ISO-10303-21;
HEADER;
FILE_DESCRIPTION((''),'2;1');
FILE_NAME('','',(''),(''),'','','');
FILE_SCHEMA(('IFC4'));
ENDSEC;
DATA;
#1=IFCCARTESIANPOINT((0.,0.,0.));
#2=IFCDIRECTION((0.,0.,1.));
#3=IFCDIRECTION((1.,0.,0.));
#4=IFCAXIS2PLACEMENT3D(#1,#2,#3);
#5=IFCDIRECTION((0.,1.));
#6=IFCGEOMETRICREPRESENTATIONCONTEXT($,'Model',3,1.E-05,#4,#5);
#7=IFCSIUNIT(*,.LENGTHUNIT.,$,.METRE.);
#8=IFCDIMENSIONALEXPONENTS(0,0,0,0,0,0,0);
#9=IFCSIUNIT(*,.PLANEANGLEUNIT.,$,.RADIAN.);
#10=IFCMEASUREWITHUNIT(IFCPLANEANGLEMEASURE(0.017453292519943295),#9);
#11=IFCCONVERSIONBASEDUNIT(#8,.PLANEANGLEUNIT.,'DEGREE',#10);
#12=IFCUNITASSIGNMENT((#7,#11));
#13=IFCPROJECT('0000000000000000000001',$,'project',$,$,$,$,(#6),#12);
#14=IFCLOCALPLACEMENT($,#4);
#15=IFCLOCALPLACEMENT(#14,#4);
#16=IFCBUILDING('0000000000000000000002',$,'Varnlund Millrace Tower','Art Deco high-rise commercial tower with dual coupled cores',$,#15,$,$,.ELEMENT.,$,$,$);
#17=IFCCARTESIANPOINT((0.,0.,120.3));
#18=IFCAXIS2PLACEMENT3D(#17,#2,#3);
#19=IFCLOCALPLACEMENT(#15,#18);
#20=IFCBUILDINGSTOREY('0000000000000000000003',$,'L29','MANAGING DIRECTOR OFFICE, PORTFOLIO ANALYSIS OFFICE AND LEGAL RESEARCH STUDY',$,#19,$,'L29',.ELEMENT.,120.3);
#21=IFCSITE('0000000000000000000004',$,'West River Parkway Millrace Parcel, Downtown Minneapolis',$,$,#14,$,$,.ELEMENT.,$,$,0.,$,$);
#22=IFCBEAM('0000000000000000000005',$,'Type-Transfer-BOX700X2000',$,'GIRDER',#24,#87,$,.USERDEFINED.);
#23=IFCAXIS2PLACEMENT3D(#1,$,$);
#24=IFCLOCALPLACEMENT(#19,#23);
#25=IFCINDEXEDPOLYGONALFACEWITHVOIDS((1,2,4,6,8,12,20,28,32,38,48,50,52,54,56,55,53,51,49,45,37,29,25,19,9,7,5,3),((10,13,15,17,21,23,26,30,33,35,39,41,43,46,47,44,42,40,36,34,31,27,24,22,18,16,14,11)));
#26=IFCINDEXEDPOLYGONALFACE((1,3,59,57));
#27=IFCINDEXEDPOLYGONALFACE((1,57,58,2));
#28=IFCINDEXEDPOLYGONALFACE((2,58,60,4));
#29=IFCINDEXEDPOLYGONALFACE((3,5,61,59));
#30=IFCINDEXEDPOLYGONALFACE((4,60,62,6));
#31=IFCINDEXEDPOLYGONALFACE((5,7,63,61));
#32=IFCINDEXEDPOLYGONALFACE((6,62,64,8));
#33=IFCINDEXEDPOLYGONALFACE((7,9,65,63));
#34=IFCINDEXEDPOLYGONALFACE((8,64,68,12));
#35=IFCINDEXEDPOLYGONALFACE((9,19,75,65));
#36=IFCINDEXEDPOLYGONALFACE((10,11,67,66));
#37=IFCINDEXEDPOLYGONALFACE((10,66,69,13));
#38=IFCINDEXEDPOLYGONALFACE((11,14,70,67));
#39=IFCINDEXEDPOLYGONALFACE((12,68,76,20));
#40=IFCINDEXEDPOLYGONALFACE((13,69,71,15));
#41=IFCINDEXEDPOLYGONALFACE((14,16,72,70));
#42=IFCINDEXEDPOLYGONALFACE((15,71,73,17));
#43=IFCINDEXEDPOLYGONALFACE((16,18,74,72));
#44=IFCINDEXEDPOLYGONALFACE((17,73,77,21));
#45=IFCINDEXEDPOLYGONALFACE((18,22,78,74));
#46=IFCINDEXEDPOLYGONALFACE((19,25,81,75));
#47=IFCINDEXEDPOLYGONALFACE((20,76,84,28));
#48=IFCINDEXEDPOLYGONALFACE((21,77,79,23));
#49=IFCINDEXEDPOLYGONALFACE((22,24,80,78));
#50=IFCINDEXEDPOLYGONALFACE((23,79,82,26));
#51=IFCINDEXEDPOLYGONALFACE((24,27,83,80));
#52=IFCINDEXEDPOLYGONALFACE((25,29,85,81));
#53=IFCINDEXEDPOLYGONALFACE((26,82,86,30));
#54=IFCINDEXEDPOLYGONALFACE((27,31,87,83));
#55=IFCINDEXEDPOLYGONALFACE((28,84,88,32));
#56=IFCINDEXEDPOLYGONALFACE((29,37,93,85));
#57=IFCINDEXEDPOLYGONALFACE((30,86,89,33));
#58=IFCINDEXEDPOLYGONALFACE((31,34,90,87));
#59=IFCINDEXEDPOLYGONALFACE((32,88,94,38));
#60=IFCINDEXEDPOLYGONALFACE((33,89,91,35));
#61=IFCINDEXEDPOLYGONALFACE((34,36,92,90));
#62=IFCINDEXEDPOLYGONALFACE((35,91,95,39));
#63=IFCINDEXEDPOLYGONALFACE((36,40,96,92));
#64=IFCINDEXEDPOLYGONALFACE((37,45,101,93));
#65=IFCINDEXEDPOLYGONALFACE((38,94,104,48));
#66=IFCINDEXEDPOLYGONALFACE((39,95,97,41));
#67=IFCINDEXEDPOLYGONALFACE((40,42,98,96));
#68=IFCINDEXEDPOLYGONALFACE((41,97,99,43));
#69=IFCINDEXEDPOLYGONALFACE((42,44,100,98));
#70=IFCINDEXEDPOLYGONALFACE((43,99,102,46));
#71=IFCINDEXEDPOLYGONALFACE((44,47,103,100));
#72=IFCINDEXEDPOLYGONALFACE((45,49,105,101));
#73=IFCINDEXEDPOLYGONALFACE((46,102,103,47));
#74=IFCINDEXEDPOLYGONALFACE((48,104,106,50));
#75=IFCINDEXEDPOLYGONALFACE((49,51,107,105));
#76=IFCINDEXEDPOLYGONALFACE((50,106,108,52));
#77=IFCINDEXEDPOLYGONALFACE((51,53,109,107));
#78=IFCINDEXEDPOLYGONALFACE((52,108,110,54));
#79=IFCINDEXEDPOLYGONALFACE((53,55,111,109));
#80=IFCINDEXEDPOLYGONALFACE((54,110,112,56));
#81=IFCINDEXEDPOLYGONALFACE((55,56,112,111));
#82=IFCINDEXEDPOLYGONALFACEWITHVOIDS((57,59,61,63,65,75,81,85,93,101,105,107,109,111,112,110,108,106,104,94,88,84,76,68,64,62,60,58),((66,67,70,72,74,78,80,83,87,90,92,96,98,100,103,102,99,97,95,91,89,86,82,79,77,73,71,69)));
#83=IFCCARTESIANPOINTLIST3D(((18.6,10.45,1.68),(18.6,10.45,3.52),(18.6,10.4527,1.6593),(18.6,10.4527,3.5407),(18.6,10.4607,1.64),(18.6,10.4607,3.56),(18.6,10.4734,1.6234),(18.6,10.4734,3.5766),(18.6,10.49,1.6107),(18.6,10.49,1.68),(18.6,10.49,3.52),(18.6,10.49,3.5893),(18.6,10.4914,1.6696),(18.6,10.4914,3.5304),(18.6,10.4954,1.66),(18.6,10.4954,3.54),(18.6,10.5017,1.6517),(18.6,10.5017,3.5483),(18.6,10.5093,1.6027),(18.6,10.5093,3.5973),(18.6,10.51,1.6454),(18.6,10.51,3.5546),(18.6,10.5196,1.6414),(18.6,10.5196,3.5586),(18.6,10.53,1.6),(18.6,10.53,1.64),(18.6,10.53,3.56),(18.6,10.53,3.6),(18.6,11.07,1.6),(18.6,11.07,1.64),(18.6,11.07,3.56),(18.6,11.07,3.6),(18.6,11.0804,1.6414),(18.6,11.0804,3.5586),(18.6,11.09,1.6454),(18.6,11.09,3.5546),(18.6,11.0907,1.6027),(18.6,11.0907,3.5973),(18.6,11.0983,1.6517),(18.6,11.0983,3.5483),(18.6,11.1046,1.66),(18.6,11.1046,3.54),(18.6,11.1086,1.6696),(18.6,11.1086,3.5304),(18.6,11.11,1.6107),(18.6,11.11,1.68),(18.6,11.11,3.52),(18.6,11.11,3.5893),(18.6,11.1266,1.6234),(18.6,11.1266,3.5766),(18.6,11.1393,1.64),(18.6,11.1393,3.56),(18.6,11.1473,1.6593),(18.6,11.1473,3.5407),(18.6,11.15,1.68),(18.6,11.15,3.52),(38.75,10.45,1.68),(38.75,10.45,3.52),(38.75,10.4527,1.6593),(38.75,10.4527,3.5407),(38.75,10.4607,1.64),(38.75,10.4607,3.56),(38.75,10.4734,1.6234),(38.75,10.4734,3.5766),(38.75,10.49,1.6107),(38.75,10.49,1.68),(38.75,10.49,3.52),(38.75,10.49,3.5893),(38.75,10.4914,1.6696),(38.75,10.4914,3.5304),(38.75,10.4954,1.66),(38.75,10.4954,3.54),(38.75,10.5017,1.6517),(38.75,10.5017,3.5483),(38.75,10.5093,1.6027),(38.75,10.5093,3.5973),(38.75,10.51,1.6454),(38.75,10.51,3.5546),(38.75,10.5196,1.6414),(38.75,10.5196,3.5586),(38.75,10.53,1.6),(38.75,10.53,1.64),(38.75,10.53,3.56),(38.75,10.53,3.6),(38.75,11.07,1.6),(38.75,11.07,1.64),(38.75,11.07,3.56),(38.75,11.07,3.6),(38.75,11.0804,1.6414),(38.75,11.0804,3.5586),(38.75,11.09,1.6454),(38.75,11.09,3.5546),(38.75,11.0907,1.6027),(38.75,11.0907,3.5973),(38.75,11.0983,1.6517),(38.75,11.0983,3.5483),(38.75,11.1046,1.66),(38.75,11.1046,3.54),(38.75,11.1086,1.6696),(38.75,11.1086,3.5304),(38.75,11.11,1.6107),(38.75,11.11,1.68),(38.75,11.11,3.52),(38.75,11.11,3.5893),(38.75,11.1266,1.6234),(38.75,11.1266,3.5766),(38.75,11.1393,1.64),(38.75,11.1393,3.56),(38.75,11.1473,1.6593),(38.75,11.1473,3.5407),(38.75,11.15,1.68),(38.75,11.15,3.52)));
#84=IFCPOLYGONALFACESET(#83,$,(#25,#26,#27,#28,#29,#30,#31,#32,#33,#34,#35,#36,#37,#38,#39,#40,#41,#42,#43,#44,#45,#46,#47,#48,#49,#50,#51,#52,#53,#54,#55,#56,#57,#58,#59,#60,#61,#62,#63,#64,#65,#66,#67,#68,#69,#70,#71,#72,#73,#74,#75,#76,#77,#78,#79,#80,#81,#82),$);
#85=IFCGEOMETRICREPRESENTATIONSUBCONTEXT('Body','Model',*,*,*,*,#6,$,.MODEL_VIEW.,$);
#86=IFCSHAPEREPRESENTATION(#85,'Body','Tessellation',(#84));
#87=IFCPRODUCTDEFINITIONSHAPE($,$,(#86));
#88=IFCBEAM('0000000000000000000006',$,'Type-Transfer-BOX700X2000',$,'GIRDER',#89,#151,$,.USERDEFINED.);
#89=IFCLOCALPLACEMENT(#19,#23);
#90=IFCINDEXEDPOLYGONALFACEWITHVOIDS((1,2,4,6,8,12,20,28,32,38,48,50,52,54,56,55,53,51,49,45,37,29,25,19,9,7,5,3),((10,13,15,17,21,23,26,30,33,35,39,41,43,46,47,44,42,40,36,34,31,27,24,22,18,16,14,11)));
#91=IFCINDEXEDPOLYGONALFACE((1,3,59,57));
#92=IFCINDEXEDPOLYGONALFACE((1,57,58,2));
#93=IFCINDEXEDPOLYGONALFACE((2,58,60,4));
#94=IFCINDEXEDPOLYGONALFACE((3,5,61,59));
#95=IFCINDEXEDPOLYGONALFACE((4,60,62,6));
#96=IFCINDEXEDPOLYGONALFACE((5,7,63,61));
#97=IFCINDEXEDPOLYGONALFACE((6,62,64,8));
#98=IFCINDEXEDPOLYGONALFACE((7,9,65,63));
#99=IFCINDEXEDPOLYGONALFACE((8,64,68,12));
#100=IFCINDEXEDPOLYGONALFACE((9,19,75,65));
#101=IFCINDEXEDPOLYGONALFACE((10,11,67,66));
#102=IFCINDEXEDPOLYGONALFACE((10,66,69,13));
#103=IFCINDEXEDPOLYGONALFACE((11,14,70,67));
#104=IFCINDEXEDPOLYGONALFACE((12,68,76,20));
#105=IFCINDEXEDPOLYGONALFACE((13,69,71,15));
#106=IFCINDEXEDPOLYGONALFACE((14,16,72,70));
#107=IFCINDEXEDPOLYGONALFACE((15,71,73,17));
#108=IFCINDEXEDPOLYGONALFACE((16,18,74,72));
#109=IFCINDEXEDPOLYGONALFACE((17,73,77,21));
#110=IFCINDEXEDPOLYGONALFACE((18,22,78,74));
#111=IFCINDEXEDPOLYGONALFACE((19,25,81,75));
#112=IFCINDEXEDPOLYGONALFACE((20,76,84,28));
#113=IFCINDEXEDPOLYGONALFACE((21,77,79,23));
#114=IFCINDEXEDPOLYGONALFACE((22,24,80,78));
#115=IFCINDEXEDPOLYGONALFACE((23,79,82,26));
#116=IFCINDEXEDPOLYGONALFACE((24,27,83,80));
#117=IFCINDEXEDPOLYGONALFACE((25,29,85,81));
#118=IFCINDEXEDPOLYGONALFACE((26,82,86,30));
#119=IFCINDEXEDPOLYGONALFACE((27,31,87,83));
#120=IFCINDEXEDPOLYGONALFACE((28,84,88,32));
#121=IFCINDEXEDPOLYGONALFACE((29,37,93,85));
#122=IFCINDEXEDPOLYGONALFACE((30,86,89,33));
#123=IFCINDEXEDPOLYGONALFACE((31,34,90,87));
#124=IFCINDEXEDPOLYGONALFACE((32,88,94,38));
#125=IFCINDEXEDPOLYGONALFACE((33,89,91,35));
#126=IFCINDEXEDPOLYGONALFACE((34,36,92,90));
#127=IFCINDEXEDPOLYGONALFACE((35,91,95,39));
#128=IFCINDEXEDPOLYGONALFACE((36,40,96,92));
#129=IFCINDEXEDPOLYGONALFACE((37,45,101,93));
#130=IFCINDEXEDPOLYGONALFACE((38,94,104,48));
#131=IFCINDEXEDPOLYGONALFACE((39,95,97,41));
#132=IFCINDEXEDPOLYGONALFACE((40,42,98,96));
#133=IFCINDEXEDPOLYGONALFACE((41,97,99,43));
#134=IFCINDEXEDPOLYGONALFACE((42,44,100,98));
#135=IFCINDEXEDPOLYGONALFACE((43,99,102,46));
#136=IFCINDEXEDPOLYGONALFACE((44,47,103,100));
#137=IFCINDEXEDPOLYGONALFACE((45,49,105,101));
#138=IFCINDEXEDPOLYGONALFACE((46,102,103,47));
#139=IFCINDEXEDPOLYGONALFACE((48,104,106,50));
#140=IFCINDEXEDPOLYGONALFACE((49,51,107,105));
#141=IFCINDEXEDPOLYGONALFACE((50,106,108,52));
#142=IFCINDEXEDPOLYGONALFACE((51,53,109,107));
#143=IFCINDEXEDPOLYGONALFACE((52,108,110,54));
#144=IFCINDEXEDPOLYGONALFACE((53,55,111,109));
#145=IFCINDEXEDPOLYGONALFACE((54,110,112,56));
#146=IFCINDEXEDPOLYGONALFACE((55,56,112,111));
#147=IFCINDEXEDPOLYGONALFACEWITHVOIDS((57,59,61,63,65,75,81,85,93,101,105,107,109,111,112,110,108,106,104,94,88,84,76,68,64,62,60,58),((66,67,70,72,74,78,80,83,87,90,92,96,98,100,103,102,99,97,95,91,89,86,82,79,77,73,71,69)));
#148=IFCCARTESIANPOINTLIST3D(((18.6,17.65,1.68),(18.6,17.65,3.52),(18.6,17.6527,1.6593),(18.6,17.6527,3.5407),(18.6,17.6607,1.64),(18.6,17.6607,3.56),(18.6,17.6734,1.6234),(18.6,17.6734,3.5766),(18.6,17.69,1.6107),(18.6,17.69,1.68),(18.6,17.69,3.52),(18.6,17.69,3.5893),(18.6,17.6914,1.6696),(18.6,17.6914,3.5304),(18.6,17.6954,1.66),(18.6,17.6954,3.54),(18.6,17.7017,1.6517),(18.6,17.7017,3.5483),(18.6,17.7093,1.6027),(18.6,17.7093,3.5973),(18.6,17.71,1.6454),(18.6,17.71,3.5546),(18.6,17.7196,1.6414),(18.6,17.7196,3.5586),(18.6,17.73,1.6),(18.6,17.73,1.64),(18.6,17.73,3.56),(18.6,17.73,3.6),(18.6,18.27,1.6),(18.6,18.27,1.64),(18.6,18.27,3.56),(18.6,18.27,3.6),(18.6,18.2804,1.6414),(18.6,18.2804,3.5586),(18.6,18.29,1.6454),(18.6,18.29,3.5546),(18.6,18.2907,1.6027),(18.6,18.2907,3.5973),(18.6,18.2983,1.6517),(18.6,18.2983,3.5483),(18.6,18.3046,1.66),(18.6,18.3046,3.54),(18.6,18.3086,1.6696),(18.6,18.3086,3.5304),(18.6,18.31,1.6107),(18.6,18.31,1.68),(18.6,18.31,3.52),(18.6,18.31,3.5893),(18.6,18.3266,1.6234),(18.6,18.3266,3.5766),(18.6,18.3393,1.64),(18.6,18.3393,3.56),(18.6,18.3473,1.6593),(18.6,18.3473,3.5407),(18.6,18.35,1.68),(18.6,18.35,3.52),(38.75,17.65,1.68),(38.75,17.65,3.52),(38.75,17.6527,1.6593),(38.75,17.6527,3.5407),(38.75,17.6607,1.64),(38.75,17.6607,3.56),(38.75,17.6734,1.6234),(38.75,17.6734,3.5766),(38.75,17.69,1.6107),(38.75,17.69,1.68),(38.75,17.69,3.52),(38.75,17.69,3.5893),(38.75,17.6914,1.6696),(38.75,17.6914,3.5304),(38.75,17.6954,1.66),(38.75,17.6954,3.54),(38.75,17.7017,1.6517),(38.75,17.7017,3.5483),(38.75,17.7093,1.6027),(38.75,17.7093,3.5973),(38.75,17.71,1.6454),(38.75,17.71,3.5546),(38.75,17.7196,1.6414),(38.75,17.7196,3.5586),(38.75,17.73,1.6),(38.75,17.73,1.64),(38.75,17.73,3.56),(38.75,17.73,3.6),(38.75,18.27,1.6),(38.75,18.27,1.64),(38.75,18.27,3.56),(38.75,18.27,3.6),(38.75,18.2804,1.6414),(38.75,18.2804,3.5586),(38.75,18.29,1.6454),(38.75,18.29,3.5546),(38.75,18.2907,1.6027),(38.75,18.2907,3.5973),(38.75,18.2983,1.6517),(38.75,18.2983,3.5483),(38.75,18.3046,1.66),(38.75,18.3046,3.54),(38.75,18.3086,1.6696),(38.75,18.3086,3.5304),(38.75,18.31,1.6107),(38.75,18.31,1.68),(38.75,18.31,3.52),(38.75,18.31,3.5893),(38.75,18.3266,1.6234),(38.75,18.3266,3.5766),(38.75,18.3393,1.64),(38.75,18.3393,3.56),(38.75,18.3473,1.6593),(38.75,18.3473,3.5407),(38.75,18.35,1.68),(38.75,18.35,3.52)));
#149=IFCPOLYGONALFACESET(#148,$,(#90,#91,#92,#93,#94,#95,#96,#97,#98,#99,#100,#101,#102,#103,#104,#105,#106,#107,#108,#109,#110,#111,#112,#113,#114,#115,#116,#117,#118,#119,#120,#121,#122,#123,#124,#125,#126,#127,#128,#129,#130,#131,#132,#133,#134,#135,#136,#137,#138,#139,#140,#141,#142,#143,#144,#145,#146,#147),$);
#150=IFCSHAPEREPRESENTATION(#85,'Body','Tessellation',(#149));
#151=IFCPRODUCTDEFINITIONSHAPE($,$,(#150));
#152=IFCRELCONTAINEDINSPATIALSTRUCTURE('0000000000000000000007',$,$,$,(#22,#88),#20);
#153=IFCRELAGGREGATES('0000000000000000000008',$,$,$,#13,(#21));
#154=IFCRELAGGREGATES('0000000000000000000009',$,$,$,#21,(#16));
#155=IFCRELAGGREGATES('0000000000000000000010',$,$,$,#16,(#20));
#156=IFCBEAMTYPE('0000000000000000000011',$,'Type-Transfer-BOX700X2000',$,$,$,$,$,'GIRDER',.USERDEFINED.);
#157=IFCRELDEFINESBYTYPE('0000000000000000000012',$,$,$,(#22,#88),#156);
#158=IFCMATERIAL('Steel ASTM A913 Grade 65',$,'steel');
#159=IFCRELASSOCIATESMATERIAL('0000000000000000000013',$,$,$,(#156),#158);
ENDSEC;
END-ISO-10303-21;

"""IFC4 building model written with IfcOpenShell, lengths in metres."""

from ifc_helpers import new_model, entity, si_unit, converted_unit, direction, frame, origin_with_axes, origin_2d_with_axis, place, context, subcontext, project, spatial, hollow_rectangle, extrude, material, material_profile, profile_set, type_object, element, save


model = new_model("IFC4")

# Units and contexts
model_context = context("Model", 3, precision=1e-05, world=origin_with_axes(), true_north=direction((0.0, 1.0)))
body_context = subcontext(model_context, "Body", "Model", "MODEL_VIEW")
ifc_project = project(units=[si_unit("LENGTHUNIT", "METRE"), converted_unit("PLANEANGLEUNIT", "DEGREE", entity("IfcPlaneAngleMeasure", 0.017453292519943295), si_unit("PLANEANGLEUNIT", "RADIAN"), dimensions=[0, 0, 0, 0, 0, 0, 0])], contexts=[model_context])

# Site, building, storey
site_placement = place(None, origin_with_axes())
site = spatial("IfcSite", under=ifc_project, at=site_placement, Name="West River Parkway Millrace Parcel, Downtown Minneapolis", CompositionType="ELEMENT", RefElevation=0.0)
building_placement = place(site_placement, origin_with_axes())
building = spatial("IfcBuilding", under=site, at=building_placement, Name="Varnlund Millrace Tower", Description="Art Deco high-rise commercial tower with dual coupled cores", CompositionType="ELEMENT")
storey_placement = place(building_placement, frame((0.0, 0.0, 120.3), z_axis=(0.0, 0.0, 1.0), x_axis=(1.0, 0.0, 0.0)))
storey = spatial("IfcBuildingStorey", under=building, at=storey_placement, Name="L29", Description="MANAGING DIRECTOR OFFICE, PORTFOLIO ANALYSIS OFFICE AND LEGAL RESEARCH STUDY", LongName="L29", CompositionType="ELEMENT", Elevation=120.3)

# Beams
ifc_material_1 = material(Name="Steel ASTM A913 Grade 65", Category="steel")
ifc_material_profile_1 = material_profile(ifc_material_1, hollow_rectangle(XDim=0.7, YDim=2.0, WallThickness=0.04, InnerFilletRadius=0.04, OuterFilletRadius=0.08, at=origin_2d_with_axis()), Name="Steel ASTM A913 Grade 65")
ifc_profile_set_1 = profile_set([ifc_material_profile_1], Name="Steel ASTM A913 Grade 65")
beam_type_1 = type_object("IfcBeamType", Name="Type-Transfer-BOX700X2000", ElementType="GIRDER", PredefinedType="USERDEFINED", material=ifc_profile_set_1)
for number, where, z_axis, x_axis, name in (
    (1, (18.6, 10.8, 2.6), (1.0, 0.0, 0.0), (0.0, 1.0, 0.0), "Type-Transfer-BOX700X2000"),
    (2, (18.6, 18.0, 2.6), (1.0, 0.0, 0.0), (0.0, 1.0, 0.0), "Type-Transfer-BOX700X2000"),
):
    element("IfcBeam", number, at=place(storey_placement, frame(where, z_axis=z_axis, x_axis=x_axis)), inside=storey, type_object=beam_type_1, Name=name, ObjectType="GIRDER", PredefinedType="USERDEFINED", context=body_context, shape_type="SweptSolid", body=[
        extrude(hollow_rectangle(XDim=0.7, YDim=2.0, WallThickness=0.04, InnerFilletRadius=0.04, OuterFilletRadius=0.08, at=origin_2d_with_axis()), origin_with_axes(), (0.0, 0.0, 1.0), 20.15),
    ])

save(model, "model.ifc")
